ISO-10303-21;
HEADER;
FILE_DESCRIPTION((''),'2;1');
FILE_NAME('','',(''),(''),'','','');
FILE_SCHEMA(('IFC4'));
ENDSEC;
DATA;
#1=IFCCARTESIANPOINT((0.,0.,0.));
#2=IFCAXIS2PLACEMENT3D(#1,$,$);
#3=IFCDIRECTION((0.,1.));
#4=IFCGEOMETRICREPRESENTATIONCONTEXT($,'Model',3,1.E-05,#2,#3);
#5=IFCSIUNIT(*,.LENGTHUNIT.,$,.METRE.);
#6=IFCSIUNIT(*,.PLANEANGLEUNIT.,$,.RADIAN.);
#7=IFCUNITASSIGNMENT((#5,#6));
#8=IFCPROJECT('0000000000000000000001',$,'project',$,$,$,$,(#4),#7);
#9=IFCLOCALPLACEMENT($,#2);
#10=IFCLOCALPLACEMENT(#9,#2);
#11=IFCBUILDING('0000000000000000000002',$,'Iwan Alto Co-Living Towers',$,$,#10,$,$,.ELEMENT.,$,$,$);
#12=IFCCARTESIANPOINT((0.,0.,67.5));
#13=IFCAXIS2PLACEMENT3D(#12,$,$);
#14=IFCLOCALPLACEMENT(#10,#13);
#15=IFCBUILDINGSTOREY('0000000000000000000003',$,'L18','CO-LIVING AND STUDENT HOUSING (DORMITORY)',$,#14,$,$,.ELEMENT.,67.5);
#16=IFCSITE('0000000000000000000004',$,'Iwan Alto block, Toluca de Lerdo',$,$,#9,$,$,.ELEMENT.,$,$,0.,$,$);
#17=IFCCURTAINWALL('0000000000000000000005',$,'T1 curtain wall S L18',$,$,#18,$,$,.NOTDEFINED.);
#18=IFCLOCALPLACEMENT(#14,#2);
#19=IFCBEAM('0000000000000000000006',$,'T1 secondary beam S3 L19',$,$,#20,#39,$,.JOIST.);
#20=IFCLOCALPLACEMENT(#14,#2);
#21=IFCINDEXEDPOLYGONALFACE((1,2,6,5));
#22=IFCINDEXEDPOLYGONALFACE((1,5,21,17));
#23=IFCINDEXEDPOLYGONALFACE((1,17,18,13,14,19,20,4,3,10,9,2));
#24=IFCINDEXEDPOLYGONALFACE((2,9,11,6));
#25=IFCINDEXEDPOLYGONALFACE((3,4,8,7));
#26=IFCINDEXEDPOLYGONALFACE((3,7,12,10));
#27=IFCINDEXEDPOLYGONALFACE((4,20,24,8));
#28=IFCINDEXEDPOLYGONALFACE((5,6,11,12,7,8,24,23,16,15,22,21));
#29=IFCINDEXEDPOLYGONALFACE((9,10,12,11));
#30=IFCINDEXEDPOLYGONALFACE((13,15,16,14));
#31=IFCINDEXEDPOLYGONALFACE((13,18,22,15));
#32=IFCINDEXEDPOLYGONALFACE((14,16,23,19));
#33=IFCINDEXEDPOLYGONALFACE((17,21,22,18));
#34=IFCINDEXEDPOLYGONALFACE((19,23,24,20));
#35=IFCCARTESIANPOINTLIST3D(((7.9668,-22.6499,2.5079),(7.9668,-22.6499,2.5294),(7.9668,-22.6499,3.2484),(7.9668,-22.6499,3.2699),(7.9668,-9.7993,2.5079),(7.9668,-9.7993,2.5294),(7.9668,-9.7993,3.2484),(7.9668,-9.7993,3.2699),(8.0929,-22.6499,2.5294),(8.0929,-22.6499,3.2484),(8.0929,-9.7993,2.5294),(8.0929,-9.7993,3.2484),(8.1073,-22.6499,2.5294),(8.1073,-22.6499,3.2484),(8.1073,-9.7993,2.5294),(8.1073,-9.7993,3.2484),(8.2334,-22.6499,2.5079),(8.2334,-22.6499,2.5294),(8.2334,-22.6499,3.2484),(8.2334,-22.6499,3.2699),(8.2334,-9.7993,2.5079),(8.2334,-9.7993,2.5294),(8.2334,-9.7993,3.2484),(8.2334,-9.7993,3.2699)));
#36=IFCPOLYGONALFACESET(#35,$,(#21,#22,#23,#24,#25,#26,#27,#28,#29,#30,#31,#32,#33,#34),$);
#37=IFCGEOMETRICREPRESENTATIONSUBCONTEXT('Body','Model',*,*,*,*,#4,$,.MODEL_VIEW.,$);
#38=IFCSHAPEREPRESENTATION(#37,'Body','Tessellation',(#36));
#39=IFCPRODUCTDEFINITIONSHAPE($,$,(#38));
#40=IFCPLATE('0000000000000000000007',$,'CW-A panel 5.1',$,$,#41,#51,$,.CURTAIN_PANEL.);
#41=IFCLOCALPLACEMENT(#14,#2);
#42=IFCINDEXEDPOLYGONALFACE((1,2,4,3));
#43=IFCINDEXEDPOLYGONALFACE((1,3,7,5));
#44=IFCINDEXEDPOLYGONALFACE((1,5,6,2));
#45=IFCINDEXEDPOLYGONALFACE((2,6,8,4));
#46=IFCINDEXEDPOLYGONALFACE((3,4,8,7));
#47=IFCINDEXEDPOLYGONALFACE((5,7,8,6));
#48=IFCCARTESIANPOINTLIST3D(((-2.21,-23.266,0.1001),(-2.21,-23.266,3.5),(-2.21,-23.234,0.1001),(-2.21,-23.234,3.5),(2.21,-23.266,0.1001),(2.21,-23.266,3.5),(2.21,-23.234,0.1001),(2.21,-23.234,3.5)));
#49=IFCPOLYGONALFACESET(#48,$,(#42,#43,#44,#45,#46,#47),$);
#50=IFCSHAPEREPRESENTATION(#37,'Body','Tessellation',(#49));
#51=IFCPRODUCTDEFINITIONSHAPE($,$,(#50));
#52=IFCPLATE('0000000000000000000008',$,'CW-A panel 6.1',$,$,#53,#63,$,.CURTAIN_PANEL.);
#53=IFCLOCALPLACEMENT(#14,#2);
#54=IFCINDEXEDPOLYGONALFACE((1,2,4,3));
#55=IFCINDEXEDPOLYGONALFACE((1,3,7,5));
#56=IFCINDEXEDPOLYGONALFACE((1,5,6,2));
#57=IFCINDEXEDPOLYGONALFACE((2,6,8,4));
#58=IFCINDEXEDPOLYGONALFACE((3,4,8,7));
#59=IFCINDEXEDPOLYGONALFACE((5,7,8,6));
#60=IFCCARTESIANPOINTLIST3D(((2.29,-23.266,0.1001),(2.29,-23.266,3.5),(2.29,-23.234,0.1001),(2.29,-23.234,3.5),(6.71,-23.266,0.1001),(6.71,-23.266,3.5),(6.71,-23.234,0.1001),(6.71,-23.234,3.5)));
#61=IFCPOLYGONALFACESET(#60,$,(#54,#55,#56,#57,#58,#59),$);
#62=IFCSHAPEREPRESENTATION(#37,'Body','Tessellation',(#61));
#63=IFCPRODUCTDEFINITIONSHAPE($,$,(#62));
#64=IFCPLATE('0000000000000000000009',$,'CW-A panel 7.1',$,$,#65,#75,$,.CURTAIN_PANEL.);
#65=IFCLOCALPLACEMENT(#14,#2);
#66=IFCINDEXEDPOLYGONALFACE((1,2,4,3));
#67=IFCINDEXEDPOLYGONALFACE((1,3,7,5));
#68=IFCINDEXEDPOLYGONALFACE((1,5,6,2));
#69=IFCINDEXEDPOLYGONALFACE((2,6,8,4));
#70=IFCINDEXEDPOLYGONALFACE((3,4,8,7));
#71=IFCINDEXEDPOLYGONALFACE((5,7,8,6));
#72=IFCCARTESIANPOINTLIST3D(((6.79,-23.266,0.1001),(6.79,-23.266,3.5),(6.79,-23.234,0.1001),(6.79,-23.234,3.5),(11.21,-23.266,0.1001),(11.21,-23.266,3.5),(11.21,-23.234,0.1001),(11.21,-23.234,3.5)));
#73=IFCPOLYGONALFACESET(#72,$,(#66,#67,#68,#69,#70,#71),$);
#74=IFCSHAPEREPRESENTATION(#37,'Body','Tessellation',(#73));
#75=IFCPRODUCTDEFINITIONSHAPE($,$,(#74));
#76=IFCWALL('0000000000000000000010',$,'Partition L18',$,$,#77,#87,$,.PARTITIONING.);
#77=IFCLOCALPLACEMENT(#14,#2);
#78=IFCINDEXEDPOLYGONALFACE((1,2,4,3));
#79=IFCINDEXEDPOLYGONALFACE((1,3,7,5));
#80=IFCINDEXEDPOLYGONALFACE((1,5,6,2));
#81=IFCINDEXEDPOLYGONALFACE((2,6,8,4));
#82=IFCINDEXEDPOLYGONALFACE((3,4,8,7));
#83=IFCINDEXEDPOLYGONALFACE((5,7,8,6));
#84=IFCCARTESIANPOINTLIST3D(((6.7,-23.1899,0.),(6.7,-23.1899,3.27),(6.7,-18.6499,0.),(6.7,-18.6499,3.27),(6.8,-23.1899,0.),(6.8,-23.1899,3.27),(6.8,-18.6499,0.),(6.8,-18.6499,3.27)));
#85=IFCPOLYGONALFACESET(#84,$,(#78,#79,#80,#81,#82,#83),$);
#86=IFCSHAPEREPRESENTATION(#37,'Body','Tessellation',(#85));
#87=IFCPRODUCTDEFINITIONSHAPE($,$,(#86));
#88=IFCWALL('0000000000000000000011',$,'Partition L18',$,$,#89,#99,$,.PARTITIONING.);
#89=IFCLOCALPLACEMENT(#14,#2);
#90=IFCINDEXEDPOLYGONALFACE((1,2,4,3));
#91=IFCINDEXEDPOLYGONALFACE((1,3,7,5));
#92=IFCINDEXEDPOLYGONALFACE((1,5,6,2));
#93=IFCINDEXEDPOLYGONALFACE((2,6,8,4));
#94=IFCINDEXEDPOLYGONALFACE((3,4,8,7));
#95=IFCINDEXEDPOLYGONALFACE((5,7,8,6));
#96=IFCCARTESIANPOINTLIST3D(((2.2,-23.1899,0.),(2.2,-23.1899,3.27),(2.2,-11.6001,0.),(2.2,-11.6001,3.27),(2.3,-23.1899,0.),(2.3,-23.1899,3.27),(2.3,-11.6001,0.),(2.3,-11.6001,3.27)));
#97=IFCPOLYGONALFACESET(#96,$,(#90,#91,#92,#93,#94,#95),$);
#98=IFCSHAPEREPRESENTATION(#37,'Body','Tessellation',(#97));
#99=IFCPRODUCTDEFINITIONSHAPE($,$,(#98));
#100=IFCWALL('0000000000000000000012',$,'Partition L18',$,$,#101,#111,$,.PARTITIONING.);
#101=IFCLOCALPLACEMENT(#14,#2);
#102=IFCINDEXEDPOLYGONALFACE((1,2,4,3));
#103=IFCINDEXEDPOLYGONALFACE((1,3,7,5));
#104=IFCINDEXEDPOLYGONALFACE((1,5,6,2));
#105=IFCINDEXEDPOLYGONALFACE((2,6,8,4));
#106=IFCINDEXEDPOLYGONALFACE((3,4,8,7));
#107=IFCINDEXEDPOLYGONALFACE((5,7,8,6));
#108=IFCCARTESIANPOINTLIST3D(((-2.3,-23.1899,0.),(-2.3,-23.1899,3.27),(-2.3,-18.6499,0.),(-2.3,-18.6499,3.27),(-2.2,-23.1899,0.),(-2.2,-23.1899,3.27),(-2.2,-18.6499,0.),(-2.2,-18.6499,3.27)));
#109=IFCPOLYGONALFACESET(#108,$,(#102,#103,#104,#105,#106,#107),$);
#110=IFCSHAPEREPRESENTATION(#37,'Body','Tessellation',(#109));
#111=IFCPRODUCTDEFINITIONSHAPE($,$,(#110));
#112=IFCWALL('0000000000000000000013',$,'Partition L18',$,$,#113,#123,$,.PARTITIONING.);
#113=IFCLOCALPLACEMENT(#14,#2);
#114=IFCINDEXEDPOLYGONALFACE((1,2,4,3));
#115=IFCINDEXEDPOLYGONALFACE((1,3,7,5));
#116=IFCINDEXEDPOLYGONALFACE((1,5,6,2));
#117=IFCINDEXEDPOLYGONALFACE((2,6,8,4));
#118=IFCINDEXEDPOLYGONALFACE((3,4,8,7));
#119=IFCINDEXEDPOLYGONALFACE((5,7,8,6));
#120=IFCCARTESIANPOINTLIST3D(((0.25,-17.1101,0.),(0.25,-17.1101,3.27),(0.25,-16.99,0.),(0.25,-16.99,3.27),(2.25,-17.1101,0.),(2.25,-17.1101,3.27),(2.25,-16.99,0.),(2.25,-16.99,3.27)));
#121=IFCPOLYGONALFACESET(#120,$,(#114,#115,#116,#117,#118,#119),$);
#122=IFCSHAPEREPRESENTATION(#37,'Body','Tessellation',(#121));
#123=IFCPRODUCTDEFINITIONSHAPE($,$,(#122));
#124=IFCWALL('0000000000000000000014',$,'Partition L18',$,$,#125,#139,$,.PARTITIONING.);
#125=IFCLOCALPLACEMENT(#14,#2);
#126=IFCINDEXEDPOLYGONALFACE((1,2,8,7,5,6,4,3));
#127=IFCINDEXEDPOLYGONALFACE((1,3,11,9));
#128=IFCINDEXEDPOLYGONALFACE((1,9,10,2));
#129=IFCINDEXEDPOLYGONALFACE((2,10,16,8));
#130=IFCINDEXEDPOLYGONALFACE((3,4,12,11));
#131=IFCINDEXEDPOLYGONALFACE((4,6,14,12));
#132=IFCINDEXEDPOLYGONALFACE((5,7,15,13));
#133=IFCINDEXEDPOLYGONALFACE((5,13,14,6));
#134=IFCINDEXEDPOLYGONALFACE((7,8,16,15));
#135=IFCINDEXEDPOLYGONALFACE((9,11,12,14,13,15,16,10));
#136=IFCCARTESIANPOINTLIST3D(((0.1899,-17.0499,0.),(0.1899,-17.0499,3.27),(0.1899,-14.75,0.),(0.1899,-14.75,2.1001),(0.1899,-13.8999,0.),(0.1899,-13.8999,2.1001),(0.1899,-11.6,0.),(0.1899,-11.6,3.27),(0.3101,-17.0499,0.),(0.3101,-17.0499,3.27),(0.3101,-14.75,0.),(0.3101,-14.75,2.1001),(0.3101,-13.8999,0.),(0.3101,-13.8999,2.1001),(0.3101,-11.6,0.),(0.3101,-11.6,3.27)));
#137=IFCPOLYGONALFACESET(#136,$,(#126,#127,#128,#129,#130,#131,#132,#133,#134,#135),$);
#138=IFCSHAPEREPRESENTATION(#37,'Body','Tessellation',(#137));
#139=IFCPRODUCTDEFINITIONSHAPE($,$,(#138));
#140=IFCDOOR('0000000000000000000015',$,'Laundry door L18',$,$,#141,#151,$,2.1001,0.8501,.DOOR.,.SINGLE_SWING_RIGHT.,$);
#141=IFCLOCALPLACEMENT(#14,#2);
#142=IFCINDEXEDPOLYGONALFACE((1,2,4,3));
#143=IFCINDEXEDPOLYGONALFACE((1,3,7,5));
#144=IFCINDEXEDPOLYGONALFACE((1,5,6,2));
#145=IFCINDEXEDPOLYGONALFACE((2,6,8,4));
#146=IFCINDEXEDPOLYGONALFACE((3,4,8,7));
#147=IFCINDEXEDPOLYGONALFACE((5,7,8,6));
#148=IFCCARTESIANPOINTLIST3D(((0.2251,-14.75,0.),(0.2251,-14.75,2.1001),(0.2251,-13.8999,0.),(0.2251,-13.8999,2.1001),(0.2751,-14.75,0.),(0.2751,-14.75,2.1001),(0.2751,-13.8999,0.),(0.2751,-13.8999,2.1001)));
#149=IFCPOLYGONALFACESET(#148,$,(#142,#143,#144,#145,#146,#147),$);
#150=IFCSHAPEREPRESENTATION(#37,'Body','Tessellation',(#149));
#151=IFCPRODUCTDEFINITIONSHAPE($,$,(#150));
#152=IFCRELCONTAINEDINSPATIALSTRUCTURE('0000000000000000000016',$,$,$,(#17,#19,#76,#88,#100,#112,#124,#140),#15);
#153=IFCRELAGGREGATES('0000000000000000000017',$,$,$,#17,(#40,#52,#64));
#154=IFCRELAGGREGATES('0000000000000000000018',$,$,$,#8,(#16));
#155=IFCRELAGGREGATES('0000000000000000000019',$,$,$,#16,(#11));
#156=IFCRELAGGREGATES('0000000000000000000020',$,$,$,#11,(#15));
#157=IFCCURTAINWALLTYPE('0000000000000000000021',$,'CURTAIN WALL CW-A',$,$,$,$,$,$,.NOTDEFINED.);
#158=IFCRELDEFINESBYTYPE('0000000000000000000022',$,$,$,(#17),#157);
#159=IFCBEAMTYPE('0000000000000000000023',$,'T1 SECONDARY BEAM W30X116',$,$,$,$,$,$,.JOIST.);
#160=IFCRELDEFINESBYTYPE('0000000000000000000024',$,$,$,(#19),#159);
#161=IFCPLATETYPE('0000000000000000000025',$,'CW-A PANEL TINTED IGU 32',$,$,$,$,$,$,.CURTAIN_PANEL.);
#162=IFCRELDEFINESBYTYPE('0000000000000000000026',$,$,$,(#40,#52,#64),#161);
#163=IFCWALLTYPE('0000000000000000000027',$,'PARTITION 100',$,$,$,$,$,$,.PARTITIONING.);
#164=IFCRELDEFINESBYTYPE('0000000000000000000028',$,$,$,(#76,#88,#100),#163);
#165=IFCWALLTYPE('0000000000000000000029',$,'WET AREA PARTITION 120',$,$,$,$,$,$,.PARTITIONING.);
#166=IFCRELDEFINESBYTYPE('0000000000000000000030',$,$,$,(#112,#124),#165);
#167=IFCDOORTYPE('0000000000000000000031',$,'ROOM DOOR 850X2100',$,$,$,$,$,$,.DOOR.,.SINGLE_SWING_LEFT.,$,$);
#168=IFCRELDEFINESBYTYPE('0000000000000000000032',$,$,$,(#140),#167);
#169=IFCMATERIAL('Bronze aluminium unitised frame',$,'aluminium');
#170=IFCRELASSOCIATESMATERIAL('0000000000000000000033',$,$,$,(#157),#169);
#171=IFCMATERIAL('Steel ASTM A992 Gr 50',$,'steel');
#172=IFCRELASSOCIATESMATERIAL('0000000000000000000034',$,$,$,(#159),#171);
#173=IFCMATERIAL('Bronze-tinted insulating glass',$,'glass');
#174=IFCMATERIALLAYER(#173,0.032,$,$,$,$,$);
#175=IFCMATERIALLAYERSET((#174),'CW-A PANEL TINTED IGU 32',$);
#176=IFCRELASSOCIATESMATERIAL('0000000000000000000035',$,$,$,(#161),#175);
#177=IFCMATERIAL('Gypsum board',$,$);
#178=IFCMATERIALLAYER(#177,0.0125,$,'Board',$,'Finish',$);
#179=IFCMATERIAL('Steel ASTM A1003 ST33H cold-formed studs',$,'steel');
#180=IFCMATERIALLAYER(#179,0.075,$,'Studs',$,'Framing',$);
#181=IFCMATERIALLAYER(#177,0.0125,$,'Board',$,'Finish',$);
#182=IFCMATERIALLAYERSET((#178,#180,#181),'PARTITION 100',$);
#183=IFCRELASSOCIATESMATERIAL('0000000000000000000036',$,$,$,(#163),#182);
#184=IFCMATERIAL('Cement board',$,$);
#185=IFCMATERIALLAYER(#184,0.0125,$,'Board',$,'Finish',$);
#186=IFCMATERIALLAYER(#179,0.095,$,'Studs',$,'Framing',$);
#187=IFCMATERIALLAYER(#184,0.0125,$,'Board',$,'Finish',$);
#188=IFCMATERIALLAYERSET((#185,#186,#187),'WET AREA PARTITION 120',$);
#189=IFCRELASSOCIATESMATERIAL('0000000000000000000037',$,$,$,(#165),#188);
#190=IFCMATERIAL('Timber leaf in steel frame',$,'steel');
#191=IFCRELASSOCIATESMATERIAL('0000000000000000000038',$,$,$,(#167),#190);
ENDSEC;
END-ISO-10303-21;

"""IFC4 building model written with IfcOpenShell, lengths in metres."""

from ifc_helpers import new_model, si_unit, direction, frame, frame_2d, origin, origin_2d, place, context, subcontext, project, spatial, rectangle, i_section, extrude, material, layer, layer_set, material_profile, profile_set, type_object, element, fill, aggregate, save


model = new_model("IFC4")

# Units and contexts
model_context = context("Model", 3, precision=1e-05, world=origin(), true_north=direction((0.0, 1.0)))
body_context = subcontext(model_context, "Body", "Model", "MODEL_VIEW")
ifc_project = project(units=[si_unit("LENGTHUNIT", "METRE"), si_unit("PLANEANGLEUNIT", "RADIAN")], contexts=[model_context])

# Site, building, storey
site_placement = place(None, origin())
site = spatial("IfcSite", under=ifc_project, at=site_placement, Name="Iwan Alto block, Toluca de Lerdo", CompositionType="ELEMENT", RefElevation=0.0)
building_placement = place(site_placement, origin())
building = spatial("IfcBuilding", under=site, at=building_placement, Name="Iwan Alto Co-Living Towers", CompositionType="ELEMENT")
storey_placement = place(building_placement, frame((0.0, 0.0, 67.5)))
storey = spatial("IfcBuildingStorey", under=building, at=storey_placement, Name="L18", Description="CO-LIVING AND STUDENT HOUSING (DORMITORY)", CompositionType="ELEMENT", Elevation=67.5)

# Curtain wall
ifc_material_1 = material(Name="Bronze aluminium unitised frame", Category="aluminium")
curtain_wall_type = type_object("IfcCurtainWallType", Name="CURTAIN WALL CW-A", PredefinedType="NOTDEFINED", material=ifc_material_1)
curtain_wall_placement = place(storey_placement, origin())
curtain_wall = element("IfcCurtainWall", 1, at=curtain_wall_placement, inside=storey, type_object=curtain_wall_type, Name="T1 curtain wall S L18", PredefinedType="NOTDEFINED")

# Beam
ifc_material_2 = material(Name="Steel ASTM A992 Gr 50", Category="steel")
ifc_material_profile_1 = material_profile(ifc_material_2, i_section(OverallWidth=0.2666, OverallDepth=0.762, WebThickness=0.0144, FlangeThickness=0.0215, at=origin_2d()), Name="W30X116")
ifc_profile_set_1 = profile_set([ifc_material_profile_1], Name="Steel ASTM A992 Gr 50")
beam_type_1 = type_object("IfcBeamType", Name="T1 SECONDARY BEAM W30X116", PredefinedType="JOIST", material=ifc_profile_set_1)
for number, where, z_axis, x_axis, name in (
    (2, (8.1001, -22.6499, 2.8889), (0.0, 1.0, 0.0), (-1.0, 0.0, 0.0), "T1 secondary beam S3 L19"),
):
    element("IfcBeam", number, at=place(storey_placement, frame(where, z_axis=z_axis, x_axis=x_axis)), inside=storey, type_object=beam_type_1, Name=name, PredefinedType="JOIST", context=body_context, shape_type="SweptSolid", body=[
        extrude(i_section(OverallWidth=0.2666, OverallDepth=0.762, WebThickness=0.0144, FlangeThickness=0.0215, at=origin_2d()), origin(), (0.0, 0.0, 1.0), 12.8506),
    ])

# Plates
ifc_material_3 = material(Name="Bronze-tinted insulating glass", Category="glass")
ifc_layer_1 = layer(ifc_material_3, 0.032)
ifc_layer_set_1 = layer_set([ifc_layer_1], Name="CW-A PANEL TINTED IGU 32")
plate_type = type_object("IfcPlateType", Name="CW-A PANEL TINTED IGU 32", PredefinedType="CURTAIN_PANEL", material=ifc_layer_set_1)
plate_1_placement = place(storey_placement, frame((0.0, -23.25, 0.1001), z_axis=(0.0, 0.0, 1.0), x_axis=(1.0, 0.0, 0.0)))
plate_1 = element("IfcPlate", 3, at=plate_1_placement, type_object=plate_type, Name="CW-A panel 5.1", PredefinedType="CURTAIN_PANEL", context=body_context, shape_type="SweptSolid", body=[
    extrude(rectangle(XDim=4.4199, YDim=0.032, at=origin_2d()), origin(), (0.0, 0.0, 1.0), 3.3999),
])
plate_2_placement = place(storey_placement, frame((4.5, -23.25, 0.1001), z_axis=(0.0, 0.0, 1.0), x_axis=(1.0, 0.0, 0.0)))
plate_2 = element("IfcPlate", 4, at=plate_2_placement, type_object=plate_type, Name="CW-A panel 6.1", PredefinedType="CURTAIN_PANEL", context=body_context, shape_type="SweptSolid", body=[
    extrude(rectangle(XDim=4.4199, YDim=0.032, at=origin_2d()), origin(), (0.0, 0.0, 1.0), 3.3999),
])
plate_3_placement = place(storey_placement, frame((9.0, -23.25, 0.1001), z_axis=(0.0, 0.0, 1.0), x_axis=(1.0, 0.0, 0.0)))
plate_3 = element("IfcPlate", 5, at=plate_3_placement, type_object=plate_type, Name="CW-A panel 7.1", PredefinedType="CURTAIN_PANEL", context=body_context, shape_type="SweptSolid", body=[
    extrude(rectangle(XDim=4.4199, YDim=0.032, at=origin_2d()), origin(), (0.0, 0.0, 1.0), 3.3999),
])
aggregate(curtain_wall, [plate_1, plate_2, plate_3])

# Walls
ifc_material_4 = material(Name="Gypsum board")
ifc_layer_2 = layer(ifc_material_4, 0.0125, Name="Board", Category="Finish")
ifc_material_5 = material(Name="Steel ASTM A1003 ST33H cold-formed studs", Category="steel")
ifc_layer_3 = layer(ifc_material_5, 0.075, Name="Studs", Category="Framing")
ifc_layer_4 = layer(ifc_material_4, 0.0125, Name="Board", Category="Finish")
ifc_layer_set_2 = layer_set([ifc_layer_2, ifc_layer_3, ifc_layer_4], Name="PARTITION 100")
wall_type_1 = type_object("IfcWallType", Name="PARTITION 100", PredefinedType="PARTITIONING", material=ifc_layer_set_2)
wall_1_placement = place(storey_placement, frame((6.75, -23.1899, 0.0), z_axis=(0.0, 0.0, 1.0), x_axis=(0.0, 1.0, 0.0)))
element("IfcWall", 6, at=wall_1_placement, inside=storey, type_object=wall_type_1, Name="Partition L18", PredefinedType="PARTITIONING", context=body_context, shape_type="SweptSolid", body=[
    extrude(rectangle(XDim=4.54, YDim=0.1001, at=frame_2d((2.27, 0.0))), origin(), (0.0, 0.0, 1.0), 3.27),
])
wall_2_placement = place(storey_placement, frame((2.25, -23.1899, 0.0), z_axis=(0.0, 0.0, 1.0), x_axis=(0.0, 1.0, 0.0)))
element("IfcWall", 7, at=wall_2_placement, inside=storey, type_object=wall_type_1, Name="Partition L18", PredefinedType="PARTITIONING", context=body_context, shape_type="SweptSolid", body=[
    extrude(rectangle(XDim=11.5898, YDim=0.1001, at=frame_2d((5.7949, 0.0))), origin(), (0.0, 0.0, 1.0), 3.27),
])
wall_3_placement = place(storey_placement, frame((-2.25, -23.1899, 0.0), z_axis=(0.0, 0.0, 1.0), x_axis=(0.0, 1.0, 0.0)))
element("IfcWall", 8, at=wall_3_placement, inside=storey, type_object=wall_type_1, Name="Partition L18", PredefinedType="PARTITIONING", context=body_context, shape_type="SweptSolid", body=[
    extrude(rectangle(XDim=4.54, YDim=0.1001, at=frame_2d((2.27, 0.0))), origin(), (0.0, 0.0, 1.0), 3.27),
])
ifc_material_6 = material(Name="Cement board")
ifc_layer_5 = layer(ifc_material_6, 0.0125, Name="Board", Category="Finish")
ifc_layer_6 = layer(ifc_material_5, 0.095, Name="Studs", Category="Framing")
ifc_layer_7 = layer(ifc_material_6, 0.0125, Name="Board", Category="Finish")
ifc_layer_set_3 = layer_set([ifc_layer_5, ifc_layer_6, ifc_layer_7], Name="WET AREA PARTITION 120")
wall_type_2 = type_object("IfcWallType", Name="WET AREA PARTITION 120", PredefinedType="PARTITIONING", material=ifc_layer_set_3)
wall_4_placement = place(storey_placement, frame((0.25, -17.05, 0.0), z_axis=(0.0, 0.0, 1.0), x_axis=(1.0, 0.0, 0.0)))
element("IfcWall", 9, at=wall_4_placement, inside=storey, type_object=wall_type_2, Name="Partition L18", PredefinedType="PARTITIONING", context=body_context, shape_type="SweptSolid", body=[
    extrude(rectangle(XDim=2.0, YDim=0.1201, at=frame_2d((1.0, 0.0))), origin(), (0.0, 0.0, 1.0), 3.27),
])

# Wall, opening, door
wall_5_placement = place(storey_placement, frame((0.25, -17.05, 0.0), z_axis=(0.0, 0.0, 1.0), x_axis=(0.0, 1.0, 0.0)))
wall_5 = element("IfcWall", 10, at=wall_5_placement, inside=storey, type_object=wall_type_2, Name="Partition L18", PredefinedType="PARTITIONING", context=body_context, shape_type="SweptSolid", body=[
    extrude(rectangle(XDim=5.45, YDim=0.1201, at=frame_2d((2.7251, 0.0))), origin(), (0.0, 0.0, 1.0), 3.27),
])
opening_1_placement = place(wall_5_placement, frame((2.3, 0.0, 0.0)))
opening_1 = element("IfcOpeningElement", 11, at=opening_1_placement, cuts=wall_5, PredefinedType="OPENING", context=body_context, shape_type="SweptSolid", body=[
    extrude(rectangle(XDim=0.8501, YDim=2.1001, at=frame_2d((0.425, 1.05))), frame((0.0, 0.0701, 0.0), z_axis=(0.0, -1.0, 0.0), x_axis=(1.0, 0.0, 0.0)), (0.0, 0.0, 1.0), 0.1401),
])
ifc_material_7 = material(Name="Timber leaf in steel frame", Category="steel")
door_type = type_object("IfcDoorType", Name="ROOM DOOR 850X2100", OperationType="SINGLE_SWING_LEFT", PredefinedType="DOOR", material=ifc_material_7)
door_1_placement = place(opening_1_placement, origin())
door_1 = element("IfcDoor", 12, at=door_1_placement, inside=storey, type_object=door_type, Name="Laundry door L18", OperationType="SINGLE_SWING_RIGHT", OverallHeight=2.1001, OverallWidth=0.8501, PredefinedType="DOOR", context=body_context, shape_type="SweptSolid", body=[
    extrude(rectangle(XDim=0.8501, YDim=2.1001, at=frame_2d((0.425, 1.05))), frame((0.0, 0.0249, 0.0), z_axis=(0.0, -1.0, 0.0), x_axis=(1.0, 0.0, 0.0)), (0.0, 0.0, 1.0), 0.05),
])
fill(opening_1, door_1)

save(model, "model.ifc")
